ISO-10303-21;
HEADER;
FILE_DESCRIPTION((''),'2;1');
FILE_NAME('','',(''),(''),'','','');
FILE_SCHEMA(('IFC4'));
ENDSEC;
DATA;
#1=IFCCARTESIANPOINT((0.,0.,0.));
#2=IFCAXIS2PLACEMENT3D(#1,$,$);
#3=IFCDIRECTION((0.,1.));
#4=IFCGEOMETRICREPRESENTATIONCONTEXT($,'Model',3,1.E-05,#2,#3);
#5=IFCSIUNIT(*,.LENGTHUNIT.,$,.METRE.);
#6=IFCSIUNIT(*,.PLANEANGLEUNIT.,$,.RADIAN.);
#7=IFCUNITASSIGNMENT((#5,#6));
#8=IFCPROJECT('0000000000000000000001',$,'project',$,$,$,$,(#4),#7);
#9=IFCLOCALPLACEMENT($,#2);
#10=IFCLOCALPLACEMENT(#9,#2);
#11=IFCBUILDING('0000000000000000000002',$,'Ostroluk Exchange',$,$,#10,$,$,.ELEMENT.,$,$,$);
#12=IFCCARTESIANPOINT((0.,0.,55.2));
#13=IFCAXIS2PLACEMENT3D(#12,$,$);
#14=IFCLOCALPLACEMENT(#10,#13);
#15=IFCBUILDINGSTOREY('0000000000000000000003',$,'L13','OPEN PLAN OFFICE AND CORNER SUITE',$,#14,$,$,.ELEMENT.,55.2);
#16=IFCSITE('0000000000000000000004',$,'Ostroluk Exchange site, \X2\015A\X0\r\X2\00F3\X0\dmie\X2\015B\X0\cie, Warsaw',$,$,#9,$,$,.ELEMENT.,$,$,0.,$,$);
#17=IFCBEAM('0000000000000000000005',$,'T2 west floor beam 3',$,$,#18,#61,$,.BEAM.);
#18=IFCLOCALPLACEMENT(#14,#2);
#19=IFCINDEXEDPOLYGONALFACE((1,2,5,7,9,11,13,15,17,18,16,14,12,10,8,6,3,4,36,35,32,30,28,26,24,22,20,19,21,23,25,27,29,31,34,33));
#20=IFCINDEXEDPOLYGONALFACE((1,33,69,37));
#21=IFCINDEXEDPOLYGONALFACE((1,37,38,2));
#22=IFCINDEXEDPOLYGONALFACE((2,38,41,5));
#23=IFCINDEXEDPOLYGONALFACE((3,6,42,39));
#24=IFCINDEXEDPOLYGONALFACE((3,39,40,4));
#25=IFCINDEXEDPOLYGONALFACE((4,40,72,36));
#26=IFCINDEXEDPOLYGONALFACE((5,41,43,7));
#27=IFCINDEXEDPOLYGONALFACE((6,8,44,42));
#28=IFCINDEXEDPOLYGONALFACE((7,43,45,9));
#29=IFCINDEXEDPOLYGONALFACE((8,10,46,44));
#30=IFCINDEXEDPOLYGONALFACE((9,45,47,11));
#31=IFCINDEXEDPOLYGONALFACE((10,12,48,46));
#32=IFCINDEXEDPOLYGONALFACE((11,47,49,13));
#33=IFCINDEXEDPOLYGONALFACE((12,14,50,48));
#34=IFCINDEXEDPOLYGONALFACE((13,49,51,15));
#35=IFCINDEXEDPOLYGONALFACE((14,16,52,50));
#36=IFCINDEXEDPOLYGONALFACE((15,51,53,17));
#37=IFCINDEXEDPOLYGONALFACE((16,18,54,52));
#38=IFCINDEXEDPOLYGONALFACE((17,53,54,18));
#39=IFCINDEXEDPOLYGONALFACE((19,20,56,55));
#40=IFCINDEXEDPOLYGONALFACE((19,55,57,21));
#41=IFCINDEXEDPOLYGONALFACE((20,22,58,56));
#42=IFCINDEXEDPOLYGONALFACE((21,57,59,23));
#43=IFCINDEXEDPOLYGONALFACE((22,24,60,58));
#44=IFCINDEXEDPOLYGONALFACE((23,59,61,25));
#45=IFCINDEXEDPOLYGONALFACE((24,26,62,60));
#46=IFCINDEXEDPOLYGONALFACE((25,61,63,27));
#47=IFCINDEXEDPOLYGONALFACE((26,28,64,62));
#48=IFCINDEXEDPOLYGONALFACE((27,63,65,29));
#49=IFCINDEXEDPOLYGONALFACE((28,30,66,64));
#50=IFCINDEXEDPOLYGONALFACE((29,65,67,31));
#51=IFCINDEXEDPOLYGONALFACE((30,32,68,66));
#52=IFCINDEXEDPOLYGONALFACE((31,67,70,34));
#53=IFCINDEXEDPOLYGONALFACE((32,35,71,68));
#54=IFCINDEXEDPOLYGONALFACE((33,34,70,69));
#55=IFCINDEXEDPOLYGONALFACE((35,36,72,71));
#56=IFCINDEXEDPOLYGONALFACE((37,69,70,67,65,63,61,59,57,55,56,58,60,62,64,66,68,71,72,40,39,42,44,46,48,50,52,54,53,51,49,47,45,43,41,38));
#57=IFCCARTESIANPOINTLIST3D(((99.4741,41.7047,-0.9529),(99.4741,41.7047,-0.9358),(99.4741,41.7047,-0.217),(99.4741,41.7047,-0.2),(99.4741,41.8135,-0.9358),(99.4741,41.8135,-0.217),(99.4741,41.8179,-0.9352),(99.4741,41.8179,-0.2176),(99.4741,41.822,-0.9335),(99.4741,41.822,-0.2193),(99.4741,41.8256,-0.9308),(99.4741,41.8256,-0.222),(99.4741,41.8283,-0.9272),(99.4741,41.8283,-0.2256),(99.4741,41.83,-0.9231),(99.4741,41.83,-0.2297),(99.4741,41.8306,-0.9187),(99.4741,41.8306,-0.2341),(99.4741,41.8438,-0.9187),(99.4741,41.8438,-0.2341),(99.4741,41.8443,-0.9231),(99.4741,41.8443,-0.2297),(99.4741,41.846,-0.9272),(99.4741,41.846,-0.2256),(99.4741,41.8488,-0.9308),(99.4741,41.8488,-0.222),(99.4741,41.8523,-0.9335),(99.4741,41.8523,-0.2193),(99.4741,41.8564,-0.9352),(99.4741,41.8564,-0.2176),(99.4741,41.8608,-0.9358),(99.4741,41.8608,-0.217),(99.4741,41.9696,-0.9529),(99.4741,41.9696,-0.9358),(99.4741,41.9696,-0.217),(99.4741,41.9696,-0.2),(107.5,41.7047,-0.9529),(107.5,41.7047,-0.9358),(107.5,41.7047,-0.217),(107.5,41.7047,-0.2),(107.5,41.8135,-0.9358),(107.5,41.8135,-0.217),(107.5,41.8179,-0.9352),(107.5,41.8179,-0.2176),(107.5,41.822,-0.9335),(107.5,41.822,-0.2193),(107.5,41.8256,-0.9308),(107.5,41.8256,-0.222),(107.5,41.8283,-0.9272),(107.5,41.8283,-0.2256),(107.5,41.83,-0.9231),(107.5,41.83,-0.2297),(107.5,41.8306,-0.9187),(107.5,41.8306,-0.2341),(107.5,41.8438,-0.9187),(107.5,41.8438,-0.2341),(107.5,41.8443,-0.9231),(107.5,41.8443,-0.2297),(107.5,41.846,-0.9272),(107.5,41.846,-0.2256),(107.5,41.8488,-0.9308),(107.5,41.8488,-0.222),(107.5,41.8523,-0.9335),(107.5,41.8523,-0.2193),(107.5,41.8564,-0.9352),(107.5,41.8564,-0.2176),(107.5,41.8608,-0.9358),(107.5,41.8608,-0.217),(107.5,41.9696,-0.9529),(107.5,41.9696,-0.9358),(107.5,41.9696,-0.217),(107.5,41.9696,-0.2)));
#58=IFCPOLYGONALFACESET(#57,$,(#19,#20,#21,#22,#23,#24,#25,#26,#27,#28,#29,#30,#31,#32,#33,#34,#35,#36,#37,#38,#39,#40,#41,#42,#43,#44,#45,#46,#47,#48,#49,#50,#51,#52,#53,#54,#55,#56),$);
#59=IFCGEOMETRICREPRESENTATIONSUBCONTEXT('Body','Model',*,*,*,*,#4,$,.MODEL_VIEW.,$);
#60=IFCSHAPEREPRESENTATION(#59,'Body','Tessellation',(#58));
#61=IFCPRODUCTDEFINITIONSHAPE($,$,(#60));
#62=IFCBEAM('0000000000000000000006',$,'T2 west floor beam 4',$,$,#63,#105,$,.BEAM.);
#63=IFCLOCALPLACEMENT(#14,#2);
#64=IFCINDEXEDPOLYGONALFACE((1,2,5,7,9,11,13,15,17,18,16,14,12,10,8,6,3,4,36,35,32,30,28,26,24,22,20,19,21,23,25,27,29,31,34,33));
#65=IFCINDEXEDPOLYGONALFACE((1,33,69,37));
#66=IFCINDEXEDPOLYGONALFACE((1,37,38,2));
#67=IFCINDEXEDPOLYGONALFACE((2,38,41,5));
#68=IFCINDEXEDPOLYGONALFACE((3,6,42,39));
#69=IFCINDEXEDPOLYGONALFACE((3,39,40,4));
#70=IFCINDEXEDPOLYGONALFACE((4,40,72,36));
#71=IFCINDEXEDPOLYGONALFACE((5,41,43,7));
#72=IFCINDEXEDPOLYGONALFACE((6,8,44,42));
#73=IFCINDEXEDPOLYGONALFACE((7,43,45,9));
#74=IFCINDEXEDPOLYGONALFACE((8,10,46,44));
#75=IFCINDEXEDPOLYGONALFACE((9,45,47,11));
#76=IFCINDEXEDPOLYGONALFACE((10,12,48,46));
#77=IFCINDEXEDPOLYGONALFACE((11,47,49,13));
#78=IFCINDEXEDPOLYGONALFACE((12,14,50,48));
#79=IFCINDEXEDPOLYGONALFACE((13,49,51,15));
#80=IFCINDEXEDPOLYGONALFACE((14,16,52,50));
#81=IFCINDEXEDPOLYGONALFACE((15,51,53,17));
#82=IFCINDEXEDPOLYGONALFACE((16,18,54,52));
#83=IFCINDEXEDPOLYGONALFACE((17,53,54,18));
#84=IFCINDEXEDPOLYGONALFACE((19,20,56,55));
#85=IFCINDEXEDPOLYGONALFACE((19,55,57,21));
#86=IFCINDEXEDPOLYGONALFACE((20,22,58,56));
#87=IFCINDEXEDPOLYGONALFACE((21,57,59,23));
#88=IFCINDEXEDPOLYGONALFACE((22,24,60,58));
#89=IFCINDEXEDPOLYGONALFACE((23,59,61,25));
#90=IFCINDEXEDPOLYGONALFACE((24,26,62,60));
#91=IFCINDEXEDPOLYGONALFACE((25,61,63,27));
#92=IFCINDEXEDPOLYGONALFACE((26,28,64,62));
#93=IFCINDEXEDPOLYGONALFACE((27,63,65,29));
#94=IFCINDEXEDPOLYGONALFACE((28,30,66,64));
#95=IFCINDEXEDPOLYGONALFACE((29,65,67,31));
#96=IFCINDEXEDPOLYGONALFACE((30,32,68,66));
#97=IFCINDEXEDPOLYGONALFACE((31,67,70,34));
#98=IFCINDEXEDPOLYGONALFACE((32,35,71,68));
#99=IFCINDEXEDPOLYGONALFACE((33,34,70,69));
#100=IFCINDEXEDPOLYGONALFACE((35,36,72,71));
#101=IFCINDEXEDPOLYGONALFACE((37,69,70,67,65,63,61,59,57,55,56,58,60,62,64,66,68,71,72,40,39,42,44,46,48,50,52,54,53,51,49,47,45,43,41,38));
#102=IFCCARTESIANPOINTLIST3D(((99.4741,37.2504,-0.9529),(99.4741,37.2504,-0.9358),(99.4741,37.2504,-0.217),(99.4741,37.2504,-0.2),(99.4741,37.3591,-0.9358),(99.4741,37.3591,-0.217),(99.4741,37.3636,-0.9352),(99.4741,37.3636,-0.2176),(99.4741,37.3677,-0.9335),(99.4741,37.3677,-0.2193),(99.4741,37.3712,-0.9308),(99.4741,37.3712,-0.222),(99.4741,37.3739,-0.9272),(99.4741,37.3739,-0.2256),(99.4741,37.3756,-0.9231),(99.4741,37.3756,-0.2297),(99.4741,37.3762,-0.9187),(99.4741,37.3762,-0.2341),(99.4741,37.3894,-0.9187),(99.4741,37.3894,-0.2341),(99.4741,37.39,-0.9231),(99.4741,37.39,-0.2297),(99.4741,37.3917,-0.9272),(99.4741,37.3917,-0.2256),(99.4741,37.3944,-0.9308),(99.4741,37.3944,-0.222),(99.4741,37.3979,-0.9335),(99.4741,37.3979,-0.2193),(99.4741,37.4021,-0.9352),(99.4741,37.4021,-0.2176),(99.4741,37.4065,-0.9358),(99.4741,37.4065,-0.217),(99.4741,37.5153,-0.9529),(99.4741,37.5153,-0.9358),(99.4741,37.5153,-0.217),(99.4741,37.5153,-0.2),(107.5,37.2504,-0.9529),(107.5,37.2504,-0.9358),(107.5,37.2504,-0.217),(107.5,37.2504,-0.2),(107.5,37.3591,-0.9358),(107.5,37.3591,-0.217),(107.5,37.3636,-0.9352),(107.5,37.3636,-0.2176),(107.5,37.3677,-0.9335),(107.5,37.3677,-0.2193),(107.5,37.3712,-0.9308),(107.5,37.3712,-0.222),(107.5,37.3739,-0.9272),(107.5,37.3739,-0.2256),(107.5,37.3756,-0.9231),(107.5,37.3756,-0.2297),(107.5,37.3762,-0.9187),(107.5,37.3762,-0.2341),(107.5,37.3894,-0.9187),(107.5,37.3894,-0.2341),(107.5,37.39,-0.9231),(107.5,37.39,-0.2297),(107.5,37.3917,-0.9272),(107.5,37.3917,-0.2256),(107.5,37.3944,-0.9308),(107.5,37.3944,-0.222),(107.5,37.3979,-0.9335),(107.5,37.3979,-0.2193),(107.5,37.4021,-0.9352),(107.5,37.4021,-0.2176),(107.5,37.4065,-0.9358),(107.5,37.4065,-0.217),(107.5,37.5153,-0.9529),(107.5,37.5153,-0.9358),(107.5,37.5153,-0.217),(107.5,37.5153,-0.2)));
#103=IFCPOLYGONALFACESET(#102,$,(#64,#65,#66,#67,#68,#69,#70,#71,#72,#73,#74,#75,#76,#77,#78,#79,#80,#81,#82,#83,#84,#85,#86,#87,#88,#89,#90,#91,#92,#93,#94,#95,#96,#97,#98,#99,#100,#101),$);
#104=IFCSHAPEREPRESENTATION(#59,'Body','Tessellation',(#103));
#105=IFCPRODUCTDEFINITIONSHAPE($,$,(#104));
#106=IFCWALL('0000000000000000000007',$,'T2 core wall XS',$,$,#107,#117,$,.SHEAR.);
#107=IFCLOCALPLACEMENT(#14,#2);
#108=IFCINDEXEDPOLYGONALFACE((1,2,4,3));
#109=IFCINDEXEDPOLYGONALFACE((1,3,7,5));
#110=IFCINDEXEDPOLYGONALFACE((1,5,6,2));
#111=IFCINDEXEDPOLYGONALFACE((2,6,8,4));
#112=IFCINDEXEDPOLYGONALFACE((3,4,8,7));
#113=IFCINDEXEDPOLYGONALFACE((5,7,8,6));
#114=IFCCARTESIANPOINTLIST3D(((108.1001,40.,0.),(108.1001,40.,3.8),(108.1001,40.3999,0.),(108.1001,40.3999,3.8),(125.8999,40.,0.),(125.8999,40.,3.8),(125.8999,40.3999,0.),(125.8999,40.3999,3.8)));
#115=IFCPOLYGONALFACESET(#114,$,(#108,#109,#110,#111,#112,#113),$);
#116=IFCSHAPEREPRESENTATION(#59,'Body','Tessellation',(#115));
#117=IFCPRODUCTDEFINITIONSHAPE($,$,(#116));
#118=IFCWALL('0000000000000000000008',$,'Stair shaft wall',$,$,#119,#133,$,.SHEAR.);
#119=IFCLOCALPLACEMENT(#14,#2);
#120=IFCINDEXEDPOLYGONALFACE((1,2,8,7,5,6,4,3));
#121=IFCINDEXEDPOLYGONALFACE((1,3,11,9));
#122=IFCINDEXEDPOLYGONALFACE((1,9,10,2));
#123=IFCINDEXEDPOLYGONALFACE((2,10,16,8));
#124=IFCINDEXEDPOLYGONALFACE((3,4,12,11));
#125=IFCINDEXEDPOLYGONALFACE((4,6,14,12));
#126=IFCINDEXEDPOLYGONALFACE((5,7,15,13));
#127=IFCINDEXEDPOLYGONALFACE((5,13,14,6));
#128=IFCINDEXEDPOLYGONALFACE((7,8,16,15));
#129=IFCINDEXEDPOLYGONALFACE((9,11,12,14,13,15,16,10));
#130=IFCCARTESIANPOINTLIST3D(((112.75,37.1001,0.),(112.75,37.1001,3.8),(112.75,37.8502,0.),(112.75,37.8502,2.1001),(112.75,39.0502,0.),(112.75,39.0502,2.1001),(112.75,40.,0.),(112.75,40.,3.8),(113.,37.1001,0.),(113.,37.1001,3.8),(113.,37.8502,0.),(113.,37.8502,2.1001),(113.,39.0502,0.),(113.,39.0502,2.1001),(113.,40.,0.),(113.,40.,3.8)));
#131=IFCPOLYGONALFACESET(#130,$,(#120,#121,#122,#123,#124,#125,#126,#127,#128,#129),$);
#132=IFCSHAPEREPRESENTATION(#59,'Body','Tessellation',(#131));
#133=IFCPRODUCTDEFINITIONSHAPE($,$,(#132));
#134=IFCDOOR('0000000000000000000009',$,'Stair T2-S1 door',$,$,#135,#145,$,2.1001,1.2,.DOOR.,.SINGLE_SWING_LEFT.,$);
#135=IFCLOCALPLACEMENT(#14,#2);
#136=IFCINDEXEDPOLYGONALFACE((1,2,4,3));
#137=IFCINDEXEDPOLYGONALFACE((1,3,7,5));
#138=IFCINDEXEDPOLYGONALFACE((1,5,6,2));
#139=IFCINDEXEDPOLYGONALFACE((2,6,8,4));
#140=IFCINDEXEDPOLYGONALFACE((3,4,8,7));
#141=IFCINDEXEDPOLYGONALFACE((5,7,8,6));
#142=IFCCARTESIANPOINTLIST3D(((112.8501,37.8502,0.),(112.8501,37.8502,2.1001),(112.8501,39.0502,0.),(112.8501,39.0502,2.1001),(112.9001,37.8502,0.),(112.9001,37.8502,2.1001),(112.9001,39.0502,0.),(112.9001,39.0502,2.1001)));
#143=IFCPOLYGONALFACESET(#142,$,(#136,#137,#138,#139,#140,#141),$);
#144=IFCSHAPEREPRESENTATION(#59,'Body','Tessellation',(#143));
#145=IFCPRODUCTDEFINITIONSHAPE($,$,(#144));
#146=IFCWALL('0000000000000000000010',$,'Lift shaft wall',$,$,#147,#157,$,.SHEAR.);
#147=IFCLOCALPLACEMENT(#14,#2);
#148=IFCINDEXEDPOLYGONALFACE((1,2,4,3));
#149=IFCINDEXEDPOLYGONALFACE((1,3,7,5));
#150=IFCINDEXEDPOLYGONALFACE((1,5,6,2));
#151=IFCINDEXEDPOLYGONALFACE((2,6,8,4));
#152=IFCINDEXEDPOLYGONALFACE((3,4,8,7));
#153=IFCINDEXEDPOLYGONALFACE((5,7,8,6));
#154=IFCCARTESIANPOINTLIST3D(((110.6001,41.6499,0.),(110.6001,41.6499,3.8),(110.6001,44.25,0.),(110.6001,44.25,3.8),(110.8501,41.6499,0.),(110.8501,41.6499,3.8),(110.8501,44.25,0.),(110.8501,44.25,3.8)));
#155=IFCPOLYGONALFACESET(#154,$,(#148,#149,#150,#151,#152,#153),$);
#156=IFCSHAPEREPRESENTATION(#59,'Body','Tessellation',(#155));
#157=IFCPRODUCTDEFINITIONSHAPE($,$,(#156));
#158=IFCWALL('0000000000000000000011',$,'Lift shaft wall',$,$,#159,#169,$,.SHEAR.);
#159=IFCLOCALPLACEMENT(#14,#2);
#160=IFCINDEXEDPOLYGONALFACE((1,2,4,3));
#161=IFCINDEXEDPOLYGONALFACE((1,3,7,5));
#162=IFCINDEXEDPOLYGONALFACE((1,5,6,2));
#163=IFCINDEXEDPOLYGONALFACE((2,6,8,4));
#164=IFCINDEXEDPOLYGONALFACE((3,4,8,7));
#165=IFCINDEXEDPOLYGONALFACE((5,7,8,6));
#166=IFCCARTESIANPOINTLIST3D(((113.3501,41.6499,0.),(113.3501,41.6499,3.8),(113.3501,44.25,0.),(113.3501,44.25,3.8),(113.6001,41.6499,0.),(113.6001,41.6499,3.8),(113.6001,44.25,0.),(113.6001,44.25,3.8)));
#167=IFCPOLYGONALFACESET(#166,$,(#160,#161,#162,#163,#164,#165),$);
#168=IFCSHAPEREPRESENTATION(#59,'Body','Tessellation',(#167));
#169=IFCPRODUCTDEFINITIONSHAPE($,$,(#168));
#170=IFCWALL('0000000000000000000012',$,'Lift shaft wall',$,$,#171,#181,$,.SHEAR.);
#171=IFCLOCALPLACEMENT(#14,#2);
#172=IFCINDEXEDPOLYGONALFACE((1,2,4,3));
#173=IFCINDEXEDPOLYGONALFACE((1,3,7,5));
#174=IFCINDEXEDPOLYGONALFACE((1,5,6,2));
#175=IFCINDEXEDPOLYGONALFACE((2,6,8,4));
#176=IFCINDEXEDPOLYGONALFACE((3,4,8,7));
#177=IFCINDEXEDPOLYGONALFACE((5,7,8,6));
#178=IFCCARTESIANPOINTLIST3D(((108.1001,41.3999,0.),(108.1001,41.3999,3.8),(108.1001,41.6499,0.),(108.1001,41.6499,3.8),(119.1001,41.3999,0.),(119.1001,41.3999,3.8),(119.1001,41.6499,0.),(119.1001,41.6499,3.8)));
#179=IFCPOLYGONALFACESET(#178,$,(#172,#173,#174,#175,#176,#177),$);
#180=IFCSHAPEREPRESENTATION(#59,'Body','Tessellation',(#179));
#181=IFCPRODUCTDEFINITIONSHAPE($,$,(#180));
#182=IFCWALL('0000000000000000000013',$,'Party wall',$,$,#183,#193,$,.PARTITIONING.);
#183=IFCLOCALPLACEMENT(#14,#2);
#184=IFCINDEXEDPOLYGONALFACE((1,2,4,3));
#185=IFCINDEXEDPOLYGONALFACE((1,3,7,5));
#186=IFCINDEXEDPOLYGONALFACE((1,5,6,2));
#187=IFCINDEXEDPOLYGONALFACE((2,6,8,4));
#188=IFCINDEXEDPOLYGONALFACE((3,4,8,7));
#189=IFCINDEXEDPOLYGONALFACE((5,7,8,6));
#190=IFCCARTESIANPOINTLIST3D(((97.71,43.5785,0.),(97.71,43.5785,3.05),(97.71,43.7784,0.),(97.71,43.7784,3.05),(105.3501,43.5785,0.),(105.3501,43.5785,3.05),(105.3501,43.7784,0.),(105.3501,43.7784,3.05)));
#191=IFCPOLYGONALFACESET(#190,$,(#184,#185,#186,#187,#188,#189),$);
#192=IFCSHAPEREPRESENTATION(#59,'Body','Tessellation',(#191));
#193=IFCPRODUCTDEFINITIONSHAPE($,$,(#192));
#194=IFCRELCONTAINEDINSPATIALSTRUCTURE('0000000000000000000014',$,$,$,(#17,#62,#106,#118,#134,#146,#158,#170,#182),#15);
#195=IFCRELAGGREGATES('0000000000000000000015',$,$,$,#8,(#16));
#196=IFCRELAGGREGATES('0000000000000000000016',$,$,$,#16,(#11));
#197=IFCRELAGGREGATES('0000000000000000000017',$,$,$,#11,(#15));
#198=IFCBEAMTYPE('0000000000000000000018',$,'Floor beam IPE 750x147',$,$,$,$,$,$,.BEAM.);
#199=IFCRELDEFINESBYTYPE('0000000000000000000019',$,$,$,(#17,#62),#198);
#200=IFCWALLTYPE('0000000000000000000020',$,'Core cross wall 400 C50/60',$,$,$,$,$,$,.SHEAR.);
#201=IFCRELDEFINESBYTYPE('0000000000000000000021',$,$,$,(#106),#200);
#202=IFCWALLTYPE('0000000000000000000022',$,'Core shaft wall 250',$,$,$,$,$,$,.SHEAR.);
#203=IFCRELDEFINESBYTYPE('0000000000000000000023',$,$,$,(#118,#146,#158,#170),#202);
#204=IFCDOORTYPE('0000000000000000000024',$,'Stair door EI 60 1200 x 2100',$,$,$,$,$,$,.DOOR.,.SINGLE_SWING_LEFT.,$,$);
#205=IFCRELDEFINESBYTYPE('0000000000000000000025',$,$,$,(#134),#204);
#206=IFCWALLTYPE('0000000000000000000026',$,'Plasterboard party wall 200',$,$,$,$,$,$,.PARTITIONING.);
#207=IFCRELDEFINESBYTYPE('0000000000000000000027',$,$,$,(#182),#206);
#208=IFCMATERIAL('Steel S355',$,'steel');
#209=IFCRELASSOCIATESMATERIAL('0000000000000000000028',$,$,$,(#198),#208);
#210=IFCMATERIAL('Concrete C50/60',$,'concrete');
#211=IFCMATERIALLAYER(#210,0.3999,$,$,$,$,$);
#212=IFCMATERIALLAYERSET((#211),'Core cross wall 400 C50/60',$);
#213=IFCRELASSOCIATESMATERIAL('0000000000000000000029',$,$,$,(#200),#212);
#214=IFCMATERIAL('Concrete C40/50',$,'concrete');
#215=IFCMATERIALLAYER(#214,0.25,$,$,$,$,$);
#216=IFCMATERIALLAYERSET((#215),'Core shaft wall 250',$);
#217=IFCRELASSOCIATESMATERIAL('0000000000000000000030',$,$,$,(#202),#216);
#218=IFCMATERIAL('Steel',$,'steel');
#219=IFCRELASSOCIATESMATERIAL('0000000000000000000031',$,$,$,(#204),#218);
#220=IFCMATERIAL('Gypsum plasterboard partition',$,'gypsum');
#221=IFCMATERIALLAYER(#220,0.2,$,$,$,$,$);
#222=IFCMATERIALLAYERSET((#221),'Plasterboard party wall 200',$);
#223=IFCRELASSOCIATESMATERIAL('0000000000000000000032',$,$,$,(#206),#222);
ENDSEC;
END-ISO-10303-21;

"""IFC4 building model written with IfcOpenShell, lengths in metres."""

from ifc_helpers import new_model, si_unit, direction, frame, frame_2d, origin, origin_2d, place, context, subcontext, project, spatial, rectangle, i_section, extrude, material, layer, layer_set, material_profile, profile_set, type_object, element, fill, save


model = new_model("IFC4")

# Units and contexts
model_context = context("Model", 3, precision=1e-05, world=origin(), true_north=direction((0.0, 1.0)))
body_context = subcontext(model_context, "Body", "Model", "MODEL_VIEW")
ifc_project = project(units=[si_unit("LENGTHUNIT", "METRE"), si_unit("PLANEANGLEUNIT", "RADIAN")], contexts=[model_context])

# Site, building, storey
site_placement = place(None, origin())
site = spatial("IfcSite", under=ifc_project, at=site_placement, Name="Ostroluk Exchange site, Śródmieście, Warsaw", CompositionType="ELEMENT", RefElevation=0.0)
building_placement = place(site_placement, origin())
building = spatial("IfcBuilding", under=site, at=building_placement, Name="Ostroluk Exchange", CompositionType="ELEMENT")
storey_placement = place(building_placement, frame((0.0, 0.0, 55.2)))
storey = spatial("IfcBuildingStorey", under=building, at=storey_placement, Name="L13", Description="OPEN PLAN OFFICE AND CORNER SUITE", CompositionType="ELEMENT", Elevation=55.2)

# Beams
ifc_material_1 = material(Name="Steel S355", Category="steel")
ifc_material_profile = material_profile(ifc_material_1, i_section(OverallWidth=0.2649, OverallDepth=0.7529, WebThickness=0.0132, FlangeThickness=0.0171, FilletRadius=0.0171, at=origin_2d()), Name="IPE 750x147")
ifc_profile_set = profile_set([ifc_material_profile], Name="Steel S355")
beam_type = type_object("IfcBeamType", Name="Floor beam IPE 750x147", PredefinedType="BEAM", material=ifc_profile_set)
for number, where, z_axis, x_axis, name in (
    (1, (107.5, 41.8372, -0.5764), (-1.0, 0.0, 0.0), (0.0, -1.0, 0.0), "T2 west floor beam 3"),
    (2, (107.5, 37.3828, -0.5764), (-1.0, 0.0, 0.0), (0.0, -1.0, 0.0), "T2 west floor beam 4"),
):
    element("IfcBeam", number, at=place(storey_placement, frame(where, z_axis=z_axis, x_axis=x_axis)), inside=storey, type_object=beam_type, Name=name, PredefinedType="BEAM", context=body_context, shape_type="SweptSolid", body=[
        extrude(i_section(OverallWidth=0.2649, OverallDepth=0.7529, WebThickness=0.0132, FlangeThickness=0.0171, FilletRadius=0.0171, at=origin_2d()), origin(), (0.0, 0.0, 1.0), 8.0259),
    ])

# Wall
ifc_material_2 = material(Name="Concrete C50/60", Category="concrete")
ifc_layer_1 = layer(ifc_material_2, 0.3999)
ifc_layer_set_1 = layer_set([ifc_layer_1], Name="Core cross wall 400 C50/60")
wall_type_1 = type_object("IfcWallType", Name="Core cross wall 400 C50/60", PredefinedType="SHEAR", material=ifc_layer_set_1)
wall_1_placement = place(storey_placement, frame((108.1001, 40.2, 0.0), z_axis=(0.0, 0.0, 1.0), x_axis=(1.0, 0.0, 0.0)))
element("IfcWall", 3, at=wall_1_placement, inside=storey, type_object=wall_type_1, Name="T2 core wall XS", PredefinedType="SHEAR", context=body_context, shape_type="SweptSolid", body=[
    extrude(rectangle(XDim=17.7998, YDim=0.3999, at=frame_2d((8.8999, 0.0))), origin(), (0.0, 0.0, 1.0), 3.8),
])

# Wall, opening, door
ifc_material_3 = material(Name="Concrete C40/50", Category="concrete")
ifc_layer_2 = layer(ifc_material_3, 0.25)
ifc_layer_set_2 = layer_set([ifc_layer_2], Name="Core shaft wall 250")
wall_type_2 = type_object("IfcWallType", Name="Core shaft wall 250", PredefinedType="SHEAR", material=ifc_layer_set_2)
wall_2_placement = place(storey_placement, frame((112.875, 37.1001, 0.0), z_axis=(0.0, 0.0, 1.0), x_axis=(0.0, 1.0, 0.0)))
wall_2 = element("IfcWall", 4, at=wall_2_placement, inside=storey, type_object=wall_type_2, Name="Stair shaft wall", PredefinedType="SHEAR", context=body_context, shape_type="SweptSolid", body=[
    extrude(rectangle(XDim=2.8999, YDim=0.25, at=frame_2d((1.45, 0.0))), origin(), (0.0, 0.0, 1.0), 3.8),
])
opening_placement = place(wall_2_placement, frame((0.75, 0.0, 0.0)))
opening = element("IfcOpeningElement", 5, at=opening_placement, cuts=wall_2, PredefinedType="OPENING", context=body_context, shape_type="SweptSolid", body=[
    extrude(rectangle(XDim=1.2, YDim=2.1001, at=frame_2d((0.6001, 1.05))), frame((0.0, 0.135, 0.0), z_axis=(0.0, -1.0, 0.0), x_axis=(1.0, 0.0, 0.0)), (0.0, 0.0, 1.0), 0.27),
])
ifc_material_4 = material(Name="Steel", Category="steel")
door_type = type_object("IfcDoorType", Name="Stair door EI 60 1200 x 2100", OperationType="SINGLE_SWING_LEFT", PredefinedType="DOOR", material=ifc_material_4)
door_placement = place(opening_placement, origin())
door = element("IfcDoor", 6, at=door_placement, inside=storey, type_object=door_type, Name="Stair T2-S1 door", OperationType="SINGLE_SWING_LEFT", OverallHeight=2.1001, OverallWidth=1.2, PredefinedType="DOOR", context=body_context, shape_type="SweptSolid", body=[
    extrude(rectangle(XDim=1.2, YDim=2.1001, at=frame_2d((0.6001, 1.05))), frame((0.0, 0.0249, 0.0), z_axis=(0.0, -1.0, 0.0), x_axis=(1.0, 0.0, 0.0)), (0.0, 0.0, 1.0), 0.05),
])
fill(opening, door)

# Walls
for number, where, z_axis, x_axis, name in (
    (7, (110.7251, 44.25, 0.0), (0.0, 0.0, 1.0), (0.0, -1.0, 0.0), "Lift shaft wall"),
    (8, (113.4751, 44.25, 0.0), (0.0, 0.0, 1.0), (0.0, -1.0, 0.0), "Lift shaft wall"),
):
    element("IfcWall", number, at=place(storey_placement, frame(where, z_axis=z_axis, x_axis=x_axis)), inside=storey, type_object=wall_type_2, Name=name, PredefinedType="SHEAR", context=body_context, shape_type="SweptSolid", body=[
        extrude(rectangle(XDim=2.6001, YDim=0.25, at=frame_2d((1.3, 0.0))), origin(), (0.0, 0.0, 1.0), 3.8),
    ])
wall_3_placement = place(storey_placement, frame((108.1001, 41.5249, 0.0), z_axis=(0.0, 0.0, 1.0), x_axis=(1.0, 0.0, 0.0)))
element("IfcWall", 9, at=wall_3_placement, inside=storey, type_object=wall_type_2, Name="Lift shaft wall", PredefinedType="SHEAR", context=body_context, shape_type="SweptSolid", body=[
    extrude(rectangle(XDim=11.0, YDim=0.25, at=frame_2d((5.5, 0.0))), origin(), (0.0, 0.0, 1.0), 3.8),
])
ifc_material_5 = material(Name="Gypsum plasterboard partition", Category="gypsum")
ifc_layer_3 = layer(ifc_material_5, 0.2)
ifc_layer_set_3 = layer_set([ifc_layer_3], Name="Plasterboard party wall 200")
wall_type_3 = type_object("IfcWallType", Name="Plasterboard party wall 200", PredefinedType="PARTITIONING", material=ifc_layer_set_3)
wall_4_placement = place(storey_placement, frame((105.3501, 43.6785, 0.0), z_axis=(0.0, 0.0, 1.0), x_axis=(-1.0, 0.0, 0.0)))
element("IfcWall", 10, at=wall_4_placement, inside=storey, type_object=wall_type_3, Name="Party wall", PredefinedType="PARTITIONING", context=body_context, shape_type="SweptSolid", body=[
    extrude(rectangle(XDim=7.6401, YDim=0.2, at=frame_2d((3.8201, 0.0))), origin(), (0.0, 0.0, 1.0), 3.05),
])

save(model, "model.ifc")
